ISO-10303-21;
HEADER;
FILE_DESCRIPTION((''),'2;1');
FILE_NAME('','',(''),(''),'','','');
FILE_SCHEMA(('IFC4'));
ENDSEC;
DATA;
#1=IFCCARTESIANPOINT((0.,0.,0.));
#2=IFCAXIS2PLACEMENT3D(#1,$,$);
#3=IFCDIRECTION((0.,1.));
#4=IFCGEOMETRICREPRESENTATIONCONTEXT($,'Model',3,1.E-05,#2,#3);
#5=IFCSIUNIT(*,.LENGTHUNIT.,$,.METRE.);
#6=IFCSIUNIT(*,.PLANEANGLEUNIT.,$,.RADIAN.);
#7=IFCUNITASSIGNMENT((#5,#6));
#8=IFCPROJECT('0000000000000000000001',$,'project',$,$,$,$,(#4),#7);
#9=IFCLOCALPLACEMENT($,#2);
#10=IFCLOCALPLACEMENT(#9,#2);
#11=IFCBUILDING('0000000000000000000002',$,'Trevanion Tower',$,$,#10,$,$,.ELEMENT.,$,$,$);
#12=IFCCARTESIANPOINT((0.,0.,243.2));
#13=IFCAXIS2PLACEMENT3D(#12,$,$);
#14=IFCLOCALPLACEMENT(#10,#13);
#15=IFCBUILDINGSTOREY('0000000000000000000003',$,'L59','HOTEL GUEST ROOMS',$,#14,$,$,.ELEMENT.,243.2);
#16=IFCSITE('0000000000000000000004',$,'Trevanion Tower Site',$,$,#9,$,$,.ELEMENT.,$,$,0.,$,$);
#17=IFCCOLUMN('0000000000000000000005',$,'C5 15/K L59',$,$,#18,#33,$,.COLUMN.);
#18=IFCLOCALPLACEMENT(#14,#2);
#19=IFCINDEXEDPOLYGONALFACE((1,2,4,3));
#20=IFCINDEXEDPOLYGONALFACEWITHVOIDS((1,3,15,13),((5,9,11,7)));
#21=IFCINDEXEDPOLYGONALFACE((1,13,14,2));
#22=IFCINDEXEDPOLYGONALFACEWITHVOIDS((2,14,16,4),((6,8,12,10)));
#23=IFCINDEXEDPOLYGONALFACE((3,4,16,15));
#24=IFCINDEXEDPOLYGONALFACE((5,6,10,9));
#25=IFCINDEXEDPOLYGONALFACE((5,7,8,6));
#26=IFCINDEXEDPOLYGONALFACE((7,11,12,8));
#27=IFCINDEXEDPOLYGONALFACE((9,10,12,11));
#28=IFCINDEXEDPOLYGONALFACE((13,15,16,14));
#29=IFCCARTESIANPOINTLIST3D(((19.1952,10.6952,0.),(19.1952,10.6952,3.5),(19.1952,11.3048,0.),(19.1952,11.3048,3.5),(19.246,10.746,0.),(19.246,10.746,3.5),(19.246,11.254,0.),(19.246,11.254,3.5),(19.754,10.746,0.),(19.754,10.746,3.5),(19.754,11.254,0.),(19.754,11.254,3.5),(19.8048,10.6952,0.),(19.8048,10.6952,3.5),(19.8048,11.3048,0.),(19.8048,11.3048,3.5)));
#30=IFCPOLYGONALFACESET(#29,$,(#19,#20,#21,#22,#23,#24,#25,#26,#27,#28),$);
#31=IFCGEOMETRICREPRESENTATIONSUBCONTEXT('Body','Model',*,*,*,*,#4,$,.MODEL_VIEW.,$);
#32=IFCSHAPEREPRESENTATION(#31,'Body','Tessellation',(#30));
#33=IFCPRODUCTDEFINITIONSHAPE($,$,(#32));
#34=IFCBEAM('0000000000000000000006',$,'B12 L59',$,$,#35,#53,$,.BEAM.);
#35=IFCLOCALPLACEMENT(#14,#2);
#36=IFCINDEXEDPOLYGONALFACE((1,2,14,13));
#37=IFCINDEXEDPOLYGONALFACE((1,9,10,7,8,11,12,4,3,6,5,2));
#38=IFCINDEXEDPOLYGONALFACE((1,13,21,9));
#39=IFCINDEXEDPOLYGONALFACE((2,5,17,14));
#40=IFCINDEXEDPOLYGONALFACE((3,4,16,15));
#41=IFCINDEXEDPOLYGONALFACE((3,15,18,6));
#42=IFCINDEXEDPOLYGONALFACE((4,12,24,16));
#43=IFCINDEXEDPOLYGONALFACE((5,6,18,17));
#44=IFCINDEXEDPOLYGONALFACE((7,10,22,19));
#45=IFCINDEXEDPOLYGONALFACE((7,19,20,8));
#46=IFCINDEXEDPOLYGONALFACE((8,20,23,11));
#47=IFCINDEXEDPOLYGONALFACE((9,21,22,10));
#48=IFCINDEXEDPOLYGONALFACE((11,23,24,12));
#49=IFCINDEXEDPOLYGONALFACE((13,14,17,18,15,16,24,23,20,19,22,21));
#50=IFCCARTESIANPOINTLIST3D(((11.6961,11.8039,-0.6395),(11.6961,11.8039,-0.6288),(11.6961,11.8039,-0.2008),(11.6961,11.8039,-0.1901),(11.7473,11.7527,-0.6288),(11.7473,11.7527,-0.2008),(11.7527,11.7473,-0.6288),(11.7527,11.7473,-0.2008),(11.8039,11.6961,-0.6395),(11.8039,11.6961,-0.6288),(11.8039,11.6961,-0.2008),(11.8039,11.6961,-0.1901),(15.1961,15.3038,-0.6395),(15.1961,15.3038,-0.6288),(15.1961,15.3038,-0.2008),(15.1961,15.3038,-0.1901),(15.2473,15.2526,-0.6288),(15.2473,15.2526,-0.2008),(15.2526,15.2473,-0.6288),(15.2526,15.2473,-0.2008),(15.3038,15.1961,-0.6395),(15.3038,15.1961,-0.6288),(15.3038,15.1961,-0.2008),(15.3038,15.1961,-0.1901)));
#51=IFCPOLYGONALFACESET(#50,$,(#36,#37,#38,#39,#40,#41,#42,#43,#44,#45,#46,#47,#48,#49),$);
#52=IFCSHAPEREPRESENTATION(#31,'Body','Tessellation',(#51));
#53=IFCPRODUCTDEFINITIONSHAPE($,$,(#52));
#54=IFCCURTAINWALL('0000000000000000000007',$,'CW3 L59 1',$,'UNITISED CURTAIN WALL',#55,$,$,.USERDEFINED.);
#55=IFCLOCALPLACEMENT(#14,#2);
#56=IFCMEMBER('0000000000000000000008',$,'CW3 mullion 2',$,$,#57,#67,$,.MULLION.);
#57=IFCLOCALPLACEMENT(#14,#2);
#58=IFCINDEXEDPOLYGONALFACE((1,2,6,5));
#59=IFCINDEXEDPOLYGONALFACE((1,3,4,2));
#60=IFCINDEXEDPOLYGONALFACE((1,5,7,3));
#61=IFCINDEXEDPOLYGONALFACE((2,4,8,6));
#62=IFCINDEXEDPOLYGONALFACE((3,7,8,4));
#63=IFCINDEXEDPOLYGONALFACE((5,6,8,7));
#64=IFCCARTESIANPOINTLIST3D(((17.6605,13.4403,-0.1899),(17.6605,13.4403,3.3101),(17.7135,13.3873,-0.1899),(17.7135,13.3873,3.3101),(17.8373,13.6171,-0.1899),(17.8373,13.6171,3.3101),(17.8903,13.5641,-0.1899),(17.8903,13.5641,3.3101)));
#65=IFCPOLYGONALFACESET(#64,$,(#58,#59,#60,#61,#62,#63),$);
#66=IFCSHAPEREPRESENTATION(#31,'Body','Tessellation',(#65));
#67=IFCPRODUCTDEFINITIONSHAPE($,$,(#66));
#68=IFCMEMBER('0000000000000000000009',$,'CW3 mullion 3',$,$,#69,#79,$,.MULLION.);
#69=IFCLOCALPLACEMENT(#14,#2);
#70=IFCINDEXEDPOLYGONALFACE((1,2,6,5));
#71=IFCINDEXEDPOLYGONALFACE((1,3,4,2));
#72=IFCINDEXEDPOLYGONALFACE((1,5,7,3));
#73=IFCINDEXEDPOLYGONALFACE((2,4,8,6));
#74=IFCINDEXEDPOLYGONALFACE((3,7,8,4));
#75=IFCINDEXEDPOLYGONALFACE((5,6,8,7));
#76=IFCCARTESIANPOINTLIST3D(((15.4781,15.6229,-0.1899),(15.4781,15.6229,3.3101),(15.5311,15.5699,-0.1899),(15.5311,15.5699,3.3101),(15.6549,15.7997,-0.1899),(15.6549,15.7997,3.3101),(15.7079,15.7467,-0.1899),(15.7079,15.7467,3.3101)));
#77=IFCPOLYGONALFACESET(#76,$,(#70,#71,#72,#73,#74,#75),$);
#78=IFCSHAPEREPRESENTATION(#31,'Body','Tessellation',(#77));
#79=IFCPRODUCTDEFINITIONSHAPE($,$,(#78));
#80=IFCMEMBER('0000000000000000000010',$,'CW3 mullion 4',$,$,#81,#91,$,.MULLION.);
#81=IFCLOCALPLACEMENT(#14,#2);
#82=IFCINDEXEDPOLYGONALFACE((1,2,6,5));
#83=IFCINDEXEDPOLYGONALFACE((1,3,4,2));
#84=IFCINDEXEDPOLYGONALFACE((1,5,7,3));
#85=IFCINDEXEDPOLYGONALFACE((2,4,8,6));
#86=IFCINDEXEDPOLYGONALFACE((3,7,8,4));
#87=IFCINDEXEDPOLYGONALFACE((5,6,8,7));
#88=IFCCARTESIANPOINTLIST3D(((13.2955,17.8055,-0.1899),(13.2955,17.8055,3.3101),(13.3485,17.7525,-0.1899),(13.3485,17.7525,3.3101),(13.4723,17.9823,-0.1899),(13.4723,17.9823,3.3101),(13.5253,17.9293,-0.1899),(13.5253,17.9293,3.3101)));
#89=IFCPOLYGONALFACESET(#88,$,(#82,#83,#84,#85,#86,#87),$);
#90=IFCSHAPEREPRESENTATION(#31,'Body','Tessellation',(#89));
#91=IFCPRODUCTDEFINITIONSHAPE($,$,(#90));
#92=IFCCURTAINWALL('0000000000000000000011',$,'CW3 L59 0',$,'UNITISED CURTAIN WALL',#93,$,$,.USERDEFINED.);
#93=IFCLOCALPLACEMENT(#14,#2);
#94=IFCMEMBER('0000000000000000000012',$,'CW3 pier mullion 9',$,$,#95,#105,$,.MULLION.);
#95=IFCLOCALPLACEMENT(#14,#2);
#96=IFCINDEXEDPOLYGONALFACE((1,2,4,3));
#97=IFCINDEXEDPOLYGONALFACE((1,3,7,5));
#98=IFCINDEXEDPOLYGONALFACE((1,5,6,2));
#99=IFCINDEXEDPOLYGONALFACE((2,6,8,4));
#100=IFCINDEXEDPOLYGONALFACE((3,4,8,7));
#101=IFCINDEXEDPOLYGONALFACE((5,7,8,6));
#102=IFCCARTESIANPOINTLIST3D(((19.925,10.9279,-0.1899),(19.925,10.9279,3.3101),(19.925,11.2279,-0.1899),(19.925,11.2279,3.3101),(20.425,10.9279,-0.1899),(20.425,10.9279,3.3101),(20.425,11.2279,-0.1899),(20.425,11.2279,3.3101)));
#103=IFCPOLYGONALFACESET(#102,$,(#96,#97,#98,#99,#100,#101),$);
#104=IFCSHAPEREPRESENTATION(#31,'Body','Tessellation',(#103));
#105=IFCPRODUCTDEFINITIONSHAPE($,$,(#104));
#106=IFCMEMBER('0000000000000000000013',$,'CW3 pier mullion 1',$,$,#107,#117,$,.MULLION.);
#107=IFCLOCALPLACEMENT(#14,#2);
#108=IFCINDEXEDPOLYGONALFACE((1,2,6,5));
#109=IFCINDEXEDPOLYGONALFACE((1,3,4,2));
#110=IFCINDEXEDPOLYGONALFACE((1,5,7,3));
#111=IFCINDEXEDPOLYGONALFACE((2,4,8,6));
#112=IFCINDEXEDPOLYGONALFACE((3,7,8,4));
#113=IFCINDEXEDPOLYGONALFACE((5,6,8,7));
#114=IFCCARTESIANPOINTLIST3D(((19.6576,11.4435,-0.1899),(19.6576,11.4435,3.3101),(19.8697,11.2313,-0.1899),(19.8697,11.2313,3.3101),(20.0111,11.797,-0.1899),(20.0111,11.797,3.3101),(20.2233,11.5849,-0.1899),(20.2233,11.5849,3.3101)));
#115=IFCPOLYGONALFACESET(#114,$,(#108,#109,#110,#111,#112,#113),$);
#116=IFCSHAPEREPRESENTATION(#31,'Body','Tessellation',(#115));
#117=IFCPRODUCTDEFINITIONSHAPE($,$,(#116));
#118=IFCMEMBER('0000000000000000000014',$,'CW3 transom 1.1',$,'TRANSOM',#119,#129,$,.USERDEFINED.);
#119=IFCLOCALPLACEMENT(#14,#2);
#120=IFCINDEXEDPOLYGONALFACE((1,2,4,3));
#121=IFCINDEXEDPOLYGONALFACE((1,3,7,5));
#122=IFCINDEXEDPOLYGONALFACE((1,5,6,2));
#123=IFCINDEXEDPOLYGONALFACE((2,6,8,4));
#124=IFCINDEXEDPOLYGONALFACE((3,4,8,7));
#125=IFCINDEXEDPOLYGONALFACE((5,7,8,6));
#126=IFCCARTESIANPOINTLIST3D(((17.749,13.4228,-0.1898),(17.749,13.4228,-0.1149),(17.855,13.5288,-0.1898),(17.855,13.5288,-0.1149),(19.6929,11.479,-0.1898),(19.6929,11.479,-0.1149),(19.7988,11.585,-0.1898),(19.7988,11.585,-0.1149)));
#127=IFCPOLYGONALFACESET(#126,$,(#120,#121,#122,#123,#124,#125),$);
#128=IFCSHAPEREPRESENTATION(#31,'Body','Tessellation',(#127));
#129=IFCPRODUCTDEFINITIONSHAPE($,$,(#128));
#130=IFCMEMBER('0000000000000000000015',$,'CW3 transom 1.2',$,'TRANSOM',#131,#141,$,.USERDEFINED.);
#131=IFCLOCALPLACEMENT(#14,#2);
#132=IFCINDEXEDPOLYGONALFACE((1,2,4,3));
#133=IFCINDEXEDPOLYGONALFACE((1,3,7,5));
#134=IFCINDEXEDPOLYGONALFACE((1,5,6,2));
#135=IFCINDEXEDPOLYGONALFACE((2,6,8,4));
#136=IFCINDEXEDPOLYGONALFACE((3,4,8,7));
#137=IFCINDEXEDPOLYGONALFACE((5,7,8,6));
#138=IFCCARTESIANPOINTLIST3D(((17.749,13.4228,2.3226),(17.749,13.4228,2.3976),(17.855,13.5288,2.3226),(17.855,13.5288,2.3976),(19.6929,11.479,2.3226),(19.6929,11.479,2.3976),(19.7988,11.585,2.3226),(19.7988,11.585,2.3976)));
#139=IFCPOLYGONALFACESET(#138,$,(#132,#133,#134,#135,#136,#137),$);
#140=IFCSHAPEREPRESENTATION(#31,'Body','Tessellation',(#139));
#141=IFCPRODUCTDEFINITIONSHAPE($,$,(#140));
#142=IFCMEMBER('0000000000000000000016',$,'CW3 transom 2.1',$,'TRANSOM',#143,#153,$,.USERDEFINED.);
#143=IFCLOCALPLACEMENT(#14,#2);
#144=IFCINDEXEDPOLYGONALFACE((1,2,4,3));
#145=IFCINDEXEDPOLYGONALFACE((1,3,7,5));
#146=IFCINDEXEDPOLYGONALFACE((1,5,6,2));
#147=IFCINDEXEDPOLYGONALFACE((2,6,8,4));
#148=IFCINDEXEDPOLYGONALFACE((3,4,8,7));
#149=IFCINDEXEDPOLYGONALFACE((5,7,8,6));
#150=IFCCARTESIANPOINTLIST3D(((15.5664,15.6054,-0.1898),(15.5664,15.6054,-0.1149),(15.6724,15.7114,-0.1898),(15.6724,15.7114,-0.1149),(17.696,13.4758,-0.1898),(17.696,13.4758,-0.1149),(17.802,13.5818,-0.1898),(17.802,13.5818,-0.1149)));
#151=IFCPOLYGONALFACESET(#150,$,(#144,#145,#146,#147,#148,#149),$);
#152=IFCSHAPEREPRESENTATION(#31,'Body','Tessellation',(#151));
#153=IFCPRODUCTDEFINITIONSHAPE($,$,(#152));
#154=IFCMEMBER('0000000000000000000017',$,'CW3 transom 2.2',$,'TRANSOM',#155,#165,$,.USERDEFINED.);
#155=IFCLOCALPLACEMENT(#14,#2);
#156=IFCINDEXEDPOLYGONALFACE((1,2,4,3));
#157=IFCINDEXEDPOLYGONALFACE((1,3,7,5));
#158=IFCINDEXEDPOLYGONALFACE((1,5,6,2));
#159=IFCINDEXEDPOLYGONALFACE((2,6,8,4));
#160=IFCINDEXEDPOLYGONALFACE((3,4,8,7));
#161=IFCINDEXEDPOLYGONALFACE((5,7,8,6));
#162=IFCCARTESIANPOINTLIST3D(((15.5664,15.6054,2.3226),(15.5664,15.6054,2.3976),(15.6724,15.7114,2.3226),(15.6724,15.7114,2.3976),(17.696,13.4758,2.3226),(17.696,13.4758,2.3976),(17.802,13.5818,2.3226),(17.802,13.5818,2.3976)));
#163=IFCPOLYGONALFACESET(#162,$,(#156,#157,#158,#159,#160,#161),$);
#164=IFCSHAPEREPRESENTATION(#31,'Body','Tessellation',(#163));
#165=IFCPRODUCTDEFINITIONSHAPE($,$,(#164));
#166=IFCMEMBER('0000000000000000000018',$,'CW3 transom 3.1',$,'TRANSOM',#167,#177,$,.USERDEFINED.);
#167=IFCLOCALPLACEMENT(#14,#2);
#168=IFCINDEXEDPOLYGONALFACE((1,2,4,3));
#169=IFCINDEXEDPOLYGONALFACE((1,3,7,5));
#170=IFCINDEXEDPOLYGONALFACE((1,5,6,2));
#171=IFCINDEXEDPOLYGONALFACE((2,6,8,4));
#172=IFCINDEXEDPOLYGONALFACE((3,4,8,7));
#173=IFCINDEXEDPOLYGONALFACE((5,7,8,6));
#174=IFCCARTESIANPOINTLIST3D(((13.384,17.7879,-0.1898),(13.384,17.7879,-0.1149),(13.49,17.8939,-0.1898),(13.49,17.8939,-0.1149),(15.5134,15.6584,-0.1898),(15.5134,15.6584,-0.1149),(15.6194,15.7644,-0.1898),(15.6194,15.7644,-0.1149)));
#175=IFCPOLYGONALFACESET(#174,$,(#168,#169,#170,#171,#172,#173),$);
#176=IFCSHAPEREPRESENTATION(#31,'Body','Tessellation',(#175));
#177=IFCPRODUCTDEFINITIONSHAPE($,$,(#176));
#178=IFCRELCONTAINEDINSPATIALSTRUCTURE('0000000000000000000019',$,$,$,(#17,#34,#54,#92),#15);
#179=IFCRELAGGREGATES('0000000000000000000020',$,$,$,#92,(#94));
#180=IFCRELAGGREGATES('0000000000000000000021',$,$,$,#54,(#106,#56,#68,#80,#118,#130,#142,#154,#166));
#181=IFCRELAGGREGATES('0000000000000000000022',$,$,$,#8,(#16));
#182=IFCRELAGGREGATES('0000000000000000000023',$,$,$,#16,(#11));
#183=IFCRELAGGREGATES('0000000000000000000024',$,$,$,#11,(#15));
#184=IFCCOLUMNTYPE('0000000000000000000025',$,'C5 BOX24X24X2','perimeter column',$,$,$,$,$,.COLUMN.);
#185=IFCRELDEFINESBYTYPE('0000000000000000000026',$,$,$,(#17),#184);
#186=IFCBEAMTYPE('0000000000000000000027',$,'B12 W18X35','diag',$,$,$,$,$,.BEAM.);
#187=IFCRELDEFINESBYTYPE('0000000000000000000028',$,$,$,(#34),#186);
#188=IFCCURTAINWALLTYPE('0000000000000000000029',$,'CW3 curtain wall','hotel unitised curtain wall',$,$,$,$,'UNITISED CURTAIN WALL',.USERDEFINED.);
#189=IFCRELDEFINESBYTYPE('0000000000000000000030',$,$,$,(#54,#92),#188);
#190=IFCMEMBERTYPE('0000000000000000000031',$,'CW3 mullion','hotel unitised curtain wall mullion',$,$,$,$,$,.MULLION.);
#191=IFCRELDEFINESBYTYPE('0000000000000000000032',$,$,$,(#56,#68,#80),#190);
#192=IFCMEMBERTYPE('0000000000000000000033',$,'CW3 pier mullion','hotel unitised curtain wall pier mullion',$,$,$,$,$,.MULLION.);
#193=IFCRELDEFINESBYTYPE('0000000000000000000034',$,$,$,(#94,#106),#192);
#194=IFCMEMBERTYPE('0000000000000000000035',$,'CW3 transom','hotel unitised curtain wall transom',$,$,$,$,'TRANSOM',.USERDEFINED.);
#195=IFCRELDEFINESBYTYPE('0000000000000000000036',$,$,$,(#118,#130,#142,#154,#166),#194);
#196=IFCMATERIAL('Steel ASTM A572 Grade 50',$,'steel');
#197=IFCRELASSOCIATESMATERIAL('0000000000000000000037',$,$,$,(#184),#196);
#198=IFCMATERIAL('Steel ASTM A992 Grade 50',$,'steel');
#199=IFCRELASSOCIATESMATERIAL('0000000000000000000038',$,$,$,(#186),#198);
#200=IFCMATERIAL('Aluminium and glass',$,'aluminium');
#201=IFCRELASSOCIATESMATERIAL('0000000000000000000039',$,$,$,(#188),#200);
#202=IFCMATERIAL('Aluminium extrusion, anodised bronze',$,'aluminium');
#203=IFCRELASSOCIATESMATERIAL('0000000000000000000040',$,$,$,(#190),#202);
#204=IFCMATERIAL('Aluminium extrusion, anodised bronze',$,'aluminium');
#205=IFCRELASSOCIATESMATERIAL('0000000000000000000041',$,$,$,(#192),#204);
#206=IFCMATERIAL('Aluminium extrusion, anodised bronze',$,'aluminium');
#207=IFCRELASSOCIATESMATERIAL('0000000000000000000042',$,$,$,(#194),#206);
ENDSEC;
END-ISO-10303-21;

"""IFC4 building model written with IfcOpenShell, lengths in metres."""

from ifc_helpers import new_model, si_unit, direction, frame, origin, origin_2d, place, context, subcontext, project, spatial, rectangle, hollow_rectangle, i_section, extrude, material, material_profile, profile_set, type_object, element, aggregate, save


model = new_model("IFC4")

# Units and contexts
model_context = context("Model", 3, precision=1e-05, world=origin(), true_north=direction((0.0, 1.0)))
body_context = subcontext(model_context, "Body", "Model", "MODEL_VIEW")
ifc_project = project(units=[si_unit("LENGTHUNIT", "METRE"), si_unit("PLANEANGLEUNIT", "RADIAN")], contexts=[model_context])

# Site, building, storey
site_placement = place(None, origin())
site = spatial("IfcSite", under=ifc_project, at=site_placement, Name="Trevanion Tower Site", CompositionType="ELEMENT", RefElevation=0.0)
building_placement = place(site_placement, origin())
building = spatial("IfcBuilding", under=site, at=building_placement, Name="Trevanion Tower", CompositionType="ELEMENT")
storey_placement = place(building_placement, frame((0.0, 0.0, 243.2)))
storey = spatial("IfcBuildingStorey", under=building, at=storey_placement, Name="L59", Description="HOTEL GUEST ROOMS", CompositionType="ELEMENT", Elevation=243.2)

# Column
ifc_material_1 = material(Name="Steel ASTM A572 Grade 50", Category="steel")
ifc_material_profile_1 = material_profile(ifc_material_1, hollow_rectangle(XDim=0.6096, YDim=0.6096, WallThickness=0.0508, at=origin_2d()), Name="BOX24X24X2")
ifc_profile_set_1 = profile_set([ifc_material_profile_1], Name="Steel ASTM A572 Grade 50")
column_type = type_object("IfcColumnType", Name="C5 BOX24X24X2", Description="perimeter column", PredefinedType="COLUMN", material=ifc_profile_set_1)
column_placement = place(storey_placement, frame((19.5, 11.0, 0.0), z_axis=(0.0, 0.0, 1.0), x_axis=(0.0, 1.0, 0.0)))
element("IfcColumn", 1, at=column_placement, inside=storey, type_object=column_type, Name="C5 15/K L59", PredefinedType="COLUMN", context=body_context, shape_type="SweptSolid", body=[
    extrude(hollow_rectangle(XDim=0.6096, YDim=0.6096, WallThickness=0.0508, at=origin_2d()), origin(), (0.0, 0.0, 1.0), 3.5),
])

# Beam
ifc_material_2 = material(Name="Steel ASTM A992 Grade 50", Category="steel")
ifc_material_profile_2 = material_profile(ifc_material_2, i_section(OverallWidth=0.1523, OverallDepth=0.4495, WebThickness=0.0076, FlangeThickness=0.0107, at=origin_2d()), Name="W18X35")
ifc_profile_set_2 = profile_set([ifc_material_profile_2], Name="Steel ASTM A992 Grade 50")
beam_type_1 = type_object("IfcBeamType", Name="B12 W18X35", Description="diag", PredefinedType="BEAM", material=ifc_profile_set_2)
beam_1_placement = place(storey_placement, frame((11.75, 11.75, -0.4148), z_axis=(0.707107, 0.707107, 0.0), x_axis=(-0.707107, 0.707107, 0.0)))
element("IfcBeam", 2, at=beam_1_placement, inside=storey, type_object=beam_type_1, Name="B12 L59", PredefinedType="BEAM", context=body_context, shape_type="SweptSolid", body=[
    extrude(i_section(OverallWidth=0.1523, OverallDepth=0.4495, WebThickness=0.0076, FlangeThickness=0.0107, at=origin_2d()), origin(), (0.0, 0.0, 1.0), 4.9497),
])

# Curtain wall, members
ifc_material_3 = material(Name="Aluminium and glass", Category="aluminium")
curtain_wall_type = type_object("IfcCurtainWallType", Name="CW3 curtain wall", Description="hotel unitised curtain wall", ElementType="UNITISED CURTAIN WALL", PredefinedType="USERDEFINED", material=ifc_material_3)
curtain_wall_1_placement = place(storey_placement, origin())
curtain_wall_1 = element("IfcCurtainWall", 3, at=curtain_wall_1_placement, inside=storey, type_object=curtain_wall_type, Name="CW3 L59 1", ObjectType="UNITISED CURTAIN WALL", PredefinedType="USERDEFINED")
ifc_material_4 = material(Name="Aluminium extrusion, anodised bronze", Category="aluminium")
ifc_material_profile_3 = material_profile(ifc_material_4, rectangle(XDim=0.075, YDim=0.25, at=origin_2d()), Name="CW3 mullion")
ifc_profile_set_3 = profile_set([ifc_material_profile_3], Name="Aluminium extrusion, anodised bronze")
member_type_1 = type_object("IfcMemberType", Name="CW3 mullion", Description="hotel unitised curtain wall mullion", PredefinedType="MULLION", material=ifc_profile_set_3)
member_1_placement = place(storey_placement, frame((17.7754, 13.5022, -0.1899), z_axis=(0.0, 0.0, 1.0), x_axis=(-0.707107, 0.707107, 0.0)))
member_1 = element("IfcMember", 4, at=member_1_placement, type_object=member_type_1, Name="CW3 mullion 2", PredefinedType="MULLION", context=body_context, shape_type="SweptSolid", body=[
    extrude(rectangle(XDim=0.075, YDim=0.25, at=origin_2d()), origin(), (0.0, 0.0, 1.0), 3.5),
])
member_2_placement = place(storey_placement, frame((15.593, 15.6848, -0.1899), z_axis=(0.0, 0.0, 1.0), x_axis=(-0.707107, 0.707107, 0.0)))
member_2 = element("IfcMember", 5, at=member_2_placement, type_object=member_type_1, Name="CW3 mullion 3", PredefinedType="MULLION", context=body_context, shape_type="SweptSolid", body=[
    extrude(rectangle(XDim=0.075, YDim=0.25, at=origin_2d()), origin(), (0.0, 0.0, 1.0), 3.5),
])
member_3_placement = place(storey_placement, frame((13.4104, 17.8674, -0.1899), z_axis=(0.0, 0.0, 1.0), x_axis=(-0.707107, 0.707107, 0.0)))
member_3 = element("IfcMember", 6, at=member_3_placement, type_object=member_type_1, Name="CW3 mullion 4", PredefinedType="MULLION", context=body_context, shape_type="SweptSolid", body=[
    extrude(rectangle(XDim=0.075, YDim=0.25, at=origin_2d()), origin(), (0.0, 0.0, 1.0), 3.5),
])

# Curtain wall, member
curtain_wall_2_placement = place(storey_placement, origin())
curtain_wall_2 = element("IfcCurtainWall", 7, at=curtain_wall_2_placement, inside=storey, type_object=curtain_wall_type, Name="CW3 L59 0", ObjectType="UNITISED CURTAIN WALL", PredefinedType="USERDEFINED")
ifc_material_5 = material(Name="Aluminium extrusion, anodised bronze", Category="aluminium")
ifc_material_profile_4 = material_profile(ifc_material_5, rectangle(XDim=0.3, YDim=0.5, at=origin_2d()), Name="CW3 pier mullion")
ifc_profile_set_4 = profile_set([ifc_material_profile_4], Name="Aluminium extrusion, anodised bronze")
member_type_2 = type_object("IfcMemberType", Name="CW3 pier mullion", Description="hotel unitised curtain wall pier mullion", PredefinedType="MULLION", material=ifc_profile_set_4)
member_4_placement = place(storey_placement, frame((20.175, 11.0779, -0.1899), z_axis=(0.0, 0.0, 1.0), x_axis=(0.0, 1.0, 0.0)))
member_4 = element("IfcMember", 8, at=member_4_placement, type_object=member_type_2, Name="CW3 pier mullion 9", PredefinedType="MULLION", context=body_context, shape_type="SweptSolid", body=[
    extrude(rectangle(XDim=0.3, YDim=0.5, at=origin_2d()), origin(), (0.0, 0.0, 1.0), 3.5),
])

# Members
member_5_placement = place(storey_placement, frame((19.9404, 11.5142, -0.1899), z_axis=(0.0, 0.0, 1.0), x_axis=(-0.707107, 0.707107, 0.0)))
member_5 = element("IfcMember", 9, at=member_5_placement, type_object=member_type_2, Name="CW3 pier mullion 1", PredefinedType="MULLION", context=body_context, shape_type="SweptSolid", body=[
    extrude(rectangle(XDim=0.3, YDim=0.5, at=origin_2d()), origin(), (0.0, 0.0, 1.0), 3.5),
])
ifc_material_6 = material(Name="Aluminium extrusion, anodised bronze", Category="aluminium")
ifc_material_profile_5 = material_profile(ifc_material_6, rectangle(XDim=0.1499, YDim=0.075, at=origin_2d()), Name="CW3 transom")
ifc_profile_set_5 = profile_set([ifc_material_profile_5], Name="Aluminium extrusion, anodised bronze")
member_type_3 = type_object("IfcMemberType", Name="CW3 transom", Description="hotel unitised curtain wall transom", ElementType="TRANSOM", PredefinedType="USERDEFINED", material=ifc_profile_set_5)
member_6_placement = place(storey_placement, frame((19.7458, 11.532, -0.1523), z_axis=(-0.707107, 0.707107, 0.0), x_axis=(-0.707107, -0.707107, 0.0)))
member_6 = element("IfcMember", 10, at=member_6_placement, type_object=member_type_3, Name="CW3 transom 1.1", ObjectType="TRANSOM", PredefinedType="USERDEFINED", context=body_context, shape_type="SweptSolid", body=[
    extrude(rectangle(XDim=0.1499, YDim=0.075, at=origin_2d()), origin(), (0.0, 0.0, 1.0), 2.749),
])
member_7_placement = place(storey_placement, frame((19.7458, 11.532, 2.3601), z_axis=(-0.707107, 0.707107, 0.0), x_axis=(-0.707107, -0.707107, 0.0)))
member_7 = element("IfcMember", 11, at=member_7_placement, type_object=member_type_3, Name="CW3 transom 1.2", ObjectType="TRANSOM", PredefinedType="USERDEFINED", context=body_context, shape_type="SweptSolid", body=[
    extrude(rectangle(XDim=0.1499, YDim=0.075, at=origin_2d()), origin(), (0.0, 0.0, 1.0), 2.749),
])
member_8_placement = place(storey_placement, frame((17.749, 13.5288, -0.1523), z_axis=(-0.707107, 0.707107, 0.0), x_axis=(-0.707107, -0.707107, 0.0)))
member_8 = element("IfcMember", 12, at=member_8_placement, type_object=member_type_3, Name="CW3 transom 2.1", ObjectType="TRANSOM", PredefinedType="USERDEFINED", context=body_context, shape_type="SweptSolid", body=[
    extrude(rectangle(XDim=0.1499, YDim=0.075, at=origin_2d()), origin(), (0.0, 0.0, 1.0), 3.0117),
])
member_9_placement = place(storey_placement, frame((17.749, 13.5288, 2.3601), z_axis=(-0.707107, 0.707107, 0.0), x_axis=(-0.707107, -0.707107, 0.0)))
member_9 = element("IfcMember", 13, at=member_9_placement, type_object=member_type_3, Name="CW3 transom 2.2", ObjectType="TRANSOM", PredefinedType="USERDEFINED", context=body_context, shape_type="SweptSolid", body=[
    extrude(rectangle(XDim=0.1499, YDim=0.075, at=origin_2d()), origin(), (0.0, 0.0, 1.0), 3.0117),
])
member_10_placement = place(storey_placement, frame((15.5664, 15.7114, -0.1523), z_axis=(-0.707107, 0.707107, 0.0), x_axis=(-0.707107, -0.707107, 0.0)))
member_10 = element("IfcMember", 14, at=member_10_placement, type_object=member_type_3, Name="CW3 transom 3.1", ObjectType="TRANSOM", PredefinedType="USERDEFINED", context=body_context, shape_type="SweptSolid", body=[
    extrude(rectangle(XDim=0.1499, YDim=0.075, at=origin_2d()), origin(), (0.0, 0.0, 1.0), 3.0115),
])

aggregate(curtain_wall_2, [member_4])
aggregate(curtain_wall_1, [member_5, member_1, member_2, member_3, member_6, member_7, member_8, member_9, member_10])

save(model, "model.ifc")
